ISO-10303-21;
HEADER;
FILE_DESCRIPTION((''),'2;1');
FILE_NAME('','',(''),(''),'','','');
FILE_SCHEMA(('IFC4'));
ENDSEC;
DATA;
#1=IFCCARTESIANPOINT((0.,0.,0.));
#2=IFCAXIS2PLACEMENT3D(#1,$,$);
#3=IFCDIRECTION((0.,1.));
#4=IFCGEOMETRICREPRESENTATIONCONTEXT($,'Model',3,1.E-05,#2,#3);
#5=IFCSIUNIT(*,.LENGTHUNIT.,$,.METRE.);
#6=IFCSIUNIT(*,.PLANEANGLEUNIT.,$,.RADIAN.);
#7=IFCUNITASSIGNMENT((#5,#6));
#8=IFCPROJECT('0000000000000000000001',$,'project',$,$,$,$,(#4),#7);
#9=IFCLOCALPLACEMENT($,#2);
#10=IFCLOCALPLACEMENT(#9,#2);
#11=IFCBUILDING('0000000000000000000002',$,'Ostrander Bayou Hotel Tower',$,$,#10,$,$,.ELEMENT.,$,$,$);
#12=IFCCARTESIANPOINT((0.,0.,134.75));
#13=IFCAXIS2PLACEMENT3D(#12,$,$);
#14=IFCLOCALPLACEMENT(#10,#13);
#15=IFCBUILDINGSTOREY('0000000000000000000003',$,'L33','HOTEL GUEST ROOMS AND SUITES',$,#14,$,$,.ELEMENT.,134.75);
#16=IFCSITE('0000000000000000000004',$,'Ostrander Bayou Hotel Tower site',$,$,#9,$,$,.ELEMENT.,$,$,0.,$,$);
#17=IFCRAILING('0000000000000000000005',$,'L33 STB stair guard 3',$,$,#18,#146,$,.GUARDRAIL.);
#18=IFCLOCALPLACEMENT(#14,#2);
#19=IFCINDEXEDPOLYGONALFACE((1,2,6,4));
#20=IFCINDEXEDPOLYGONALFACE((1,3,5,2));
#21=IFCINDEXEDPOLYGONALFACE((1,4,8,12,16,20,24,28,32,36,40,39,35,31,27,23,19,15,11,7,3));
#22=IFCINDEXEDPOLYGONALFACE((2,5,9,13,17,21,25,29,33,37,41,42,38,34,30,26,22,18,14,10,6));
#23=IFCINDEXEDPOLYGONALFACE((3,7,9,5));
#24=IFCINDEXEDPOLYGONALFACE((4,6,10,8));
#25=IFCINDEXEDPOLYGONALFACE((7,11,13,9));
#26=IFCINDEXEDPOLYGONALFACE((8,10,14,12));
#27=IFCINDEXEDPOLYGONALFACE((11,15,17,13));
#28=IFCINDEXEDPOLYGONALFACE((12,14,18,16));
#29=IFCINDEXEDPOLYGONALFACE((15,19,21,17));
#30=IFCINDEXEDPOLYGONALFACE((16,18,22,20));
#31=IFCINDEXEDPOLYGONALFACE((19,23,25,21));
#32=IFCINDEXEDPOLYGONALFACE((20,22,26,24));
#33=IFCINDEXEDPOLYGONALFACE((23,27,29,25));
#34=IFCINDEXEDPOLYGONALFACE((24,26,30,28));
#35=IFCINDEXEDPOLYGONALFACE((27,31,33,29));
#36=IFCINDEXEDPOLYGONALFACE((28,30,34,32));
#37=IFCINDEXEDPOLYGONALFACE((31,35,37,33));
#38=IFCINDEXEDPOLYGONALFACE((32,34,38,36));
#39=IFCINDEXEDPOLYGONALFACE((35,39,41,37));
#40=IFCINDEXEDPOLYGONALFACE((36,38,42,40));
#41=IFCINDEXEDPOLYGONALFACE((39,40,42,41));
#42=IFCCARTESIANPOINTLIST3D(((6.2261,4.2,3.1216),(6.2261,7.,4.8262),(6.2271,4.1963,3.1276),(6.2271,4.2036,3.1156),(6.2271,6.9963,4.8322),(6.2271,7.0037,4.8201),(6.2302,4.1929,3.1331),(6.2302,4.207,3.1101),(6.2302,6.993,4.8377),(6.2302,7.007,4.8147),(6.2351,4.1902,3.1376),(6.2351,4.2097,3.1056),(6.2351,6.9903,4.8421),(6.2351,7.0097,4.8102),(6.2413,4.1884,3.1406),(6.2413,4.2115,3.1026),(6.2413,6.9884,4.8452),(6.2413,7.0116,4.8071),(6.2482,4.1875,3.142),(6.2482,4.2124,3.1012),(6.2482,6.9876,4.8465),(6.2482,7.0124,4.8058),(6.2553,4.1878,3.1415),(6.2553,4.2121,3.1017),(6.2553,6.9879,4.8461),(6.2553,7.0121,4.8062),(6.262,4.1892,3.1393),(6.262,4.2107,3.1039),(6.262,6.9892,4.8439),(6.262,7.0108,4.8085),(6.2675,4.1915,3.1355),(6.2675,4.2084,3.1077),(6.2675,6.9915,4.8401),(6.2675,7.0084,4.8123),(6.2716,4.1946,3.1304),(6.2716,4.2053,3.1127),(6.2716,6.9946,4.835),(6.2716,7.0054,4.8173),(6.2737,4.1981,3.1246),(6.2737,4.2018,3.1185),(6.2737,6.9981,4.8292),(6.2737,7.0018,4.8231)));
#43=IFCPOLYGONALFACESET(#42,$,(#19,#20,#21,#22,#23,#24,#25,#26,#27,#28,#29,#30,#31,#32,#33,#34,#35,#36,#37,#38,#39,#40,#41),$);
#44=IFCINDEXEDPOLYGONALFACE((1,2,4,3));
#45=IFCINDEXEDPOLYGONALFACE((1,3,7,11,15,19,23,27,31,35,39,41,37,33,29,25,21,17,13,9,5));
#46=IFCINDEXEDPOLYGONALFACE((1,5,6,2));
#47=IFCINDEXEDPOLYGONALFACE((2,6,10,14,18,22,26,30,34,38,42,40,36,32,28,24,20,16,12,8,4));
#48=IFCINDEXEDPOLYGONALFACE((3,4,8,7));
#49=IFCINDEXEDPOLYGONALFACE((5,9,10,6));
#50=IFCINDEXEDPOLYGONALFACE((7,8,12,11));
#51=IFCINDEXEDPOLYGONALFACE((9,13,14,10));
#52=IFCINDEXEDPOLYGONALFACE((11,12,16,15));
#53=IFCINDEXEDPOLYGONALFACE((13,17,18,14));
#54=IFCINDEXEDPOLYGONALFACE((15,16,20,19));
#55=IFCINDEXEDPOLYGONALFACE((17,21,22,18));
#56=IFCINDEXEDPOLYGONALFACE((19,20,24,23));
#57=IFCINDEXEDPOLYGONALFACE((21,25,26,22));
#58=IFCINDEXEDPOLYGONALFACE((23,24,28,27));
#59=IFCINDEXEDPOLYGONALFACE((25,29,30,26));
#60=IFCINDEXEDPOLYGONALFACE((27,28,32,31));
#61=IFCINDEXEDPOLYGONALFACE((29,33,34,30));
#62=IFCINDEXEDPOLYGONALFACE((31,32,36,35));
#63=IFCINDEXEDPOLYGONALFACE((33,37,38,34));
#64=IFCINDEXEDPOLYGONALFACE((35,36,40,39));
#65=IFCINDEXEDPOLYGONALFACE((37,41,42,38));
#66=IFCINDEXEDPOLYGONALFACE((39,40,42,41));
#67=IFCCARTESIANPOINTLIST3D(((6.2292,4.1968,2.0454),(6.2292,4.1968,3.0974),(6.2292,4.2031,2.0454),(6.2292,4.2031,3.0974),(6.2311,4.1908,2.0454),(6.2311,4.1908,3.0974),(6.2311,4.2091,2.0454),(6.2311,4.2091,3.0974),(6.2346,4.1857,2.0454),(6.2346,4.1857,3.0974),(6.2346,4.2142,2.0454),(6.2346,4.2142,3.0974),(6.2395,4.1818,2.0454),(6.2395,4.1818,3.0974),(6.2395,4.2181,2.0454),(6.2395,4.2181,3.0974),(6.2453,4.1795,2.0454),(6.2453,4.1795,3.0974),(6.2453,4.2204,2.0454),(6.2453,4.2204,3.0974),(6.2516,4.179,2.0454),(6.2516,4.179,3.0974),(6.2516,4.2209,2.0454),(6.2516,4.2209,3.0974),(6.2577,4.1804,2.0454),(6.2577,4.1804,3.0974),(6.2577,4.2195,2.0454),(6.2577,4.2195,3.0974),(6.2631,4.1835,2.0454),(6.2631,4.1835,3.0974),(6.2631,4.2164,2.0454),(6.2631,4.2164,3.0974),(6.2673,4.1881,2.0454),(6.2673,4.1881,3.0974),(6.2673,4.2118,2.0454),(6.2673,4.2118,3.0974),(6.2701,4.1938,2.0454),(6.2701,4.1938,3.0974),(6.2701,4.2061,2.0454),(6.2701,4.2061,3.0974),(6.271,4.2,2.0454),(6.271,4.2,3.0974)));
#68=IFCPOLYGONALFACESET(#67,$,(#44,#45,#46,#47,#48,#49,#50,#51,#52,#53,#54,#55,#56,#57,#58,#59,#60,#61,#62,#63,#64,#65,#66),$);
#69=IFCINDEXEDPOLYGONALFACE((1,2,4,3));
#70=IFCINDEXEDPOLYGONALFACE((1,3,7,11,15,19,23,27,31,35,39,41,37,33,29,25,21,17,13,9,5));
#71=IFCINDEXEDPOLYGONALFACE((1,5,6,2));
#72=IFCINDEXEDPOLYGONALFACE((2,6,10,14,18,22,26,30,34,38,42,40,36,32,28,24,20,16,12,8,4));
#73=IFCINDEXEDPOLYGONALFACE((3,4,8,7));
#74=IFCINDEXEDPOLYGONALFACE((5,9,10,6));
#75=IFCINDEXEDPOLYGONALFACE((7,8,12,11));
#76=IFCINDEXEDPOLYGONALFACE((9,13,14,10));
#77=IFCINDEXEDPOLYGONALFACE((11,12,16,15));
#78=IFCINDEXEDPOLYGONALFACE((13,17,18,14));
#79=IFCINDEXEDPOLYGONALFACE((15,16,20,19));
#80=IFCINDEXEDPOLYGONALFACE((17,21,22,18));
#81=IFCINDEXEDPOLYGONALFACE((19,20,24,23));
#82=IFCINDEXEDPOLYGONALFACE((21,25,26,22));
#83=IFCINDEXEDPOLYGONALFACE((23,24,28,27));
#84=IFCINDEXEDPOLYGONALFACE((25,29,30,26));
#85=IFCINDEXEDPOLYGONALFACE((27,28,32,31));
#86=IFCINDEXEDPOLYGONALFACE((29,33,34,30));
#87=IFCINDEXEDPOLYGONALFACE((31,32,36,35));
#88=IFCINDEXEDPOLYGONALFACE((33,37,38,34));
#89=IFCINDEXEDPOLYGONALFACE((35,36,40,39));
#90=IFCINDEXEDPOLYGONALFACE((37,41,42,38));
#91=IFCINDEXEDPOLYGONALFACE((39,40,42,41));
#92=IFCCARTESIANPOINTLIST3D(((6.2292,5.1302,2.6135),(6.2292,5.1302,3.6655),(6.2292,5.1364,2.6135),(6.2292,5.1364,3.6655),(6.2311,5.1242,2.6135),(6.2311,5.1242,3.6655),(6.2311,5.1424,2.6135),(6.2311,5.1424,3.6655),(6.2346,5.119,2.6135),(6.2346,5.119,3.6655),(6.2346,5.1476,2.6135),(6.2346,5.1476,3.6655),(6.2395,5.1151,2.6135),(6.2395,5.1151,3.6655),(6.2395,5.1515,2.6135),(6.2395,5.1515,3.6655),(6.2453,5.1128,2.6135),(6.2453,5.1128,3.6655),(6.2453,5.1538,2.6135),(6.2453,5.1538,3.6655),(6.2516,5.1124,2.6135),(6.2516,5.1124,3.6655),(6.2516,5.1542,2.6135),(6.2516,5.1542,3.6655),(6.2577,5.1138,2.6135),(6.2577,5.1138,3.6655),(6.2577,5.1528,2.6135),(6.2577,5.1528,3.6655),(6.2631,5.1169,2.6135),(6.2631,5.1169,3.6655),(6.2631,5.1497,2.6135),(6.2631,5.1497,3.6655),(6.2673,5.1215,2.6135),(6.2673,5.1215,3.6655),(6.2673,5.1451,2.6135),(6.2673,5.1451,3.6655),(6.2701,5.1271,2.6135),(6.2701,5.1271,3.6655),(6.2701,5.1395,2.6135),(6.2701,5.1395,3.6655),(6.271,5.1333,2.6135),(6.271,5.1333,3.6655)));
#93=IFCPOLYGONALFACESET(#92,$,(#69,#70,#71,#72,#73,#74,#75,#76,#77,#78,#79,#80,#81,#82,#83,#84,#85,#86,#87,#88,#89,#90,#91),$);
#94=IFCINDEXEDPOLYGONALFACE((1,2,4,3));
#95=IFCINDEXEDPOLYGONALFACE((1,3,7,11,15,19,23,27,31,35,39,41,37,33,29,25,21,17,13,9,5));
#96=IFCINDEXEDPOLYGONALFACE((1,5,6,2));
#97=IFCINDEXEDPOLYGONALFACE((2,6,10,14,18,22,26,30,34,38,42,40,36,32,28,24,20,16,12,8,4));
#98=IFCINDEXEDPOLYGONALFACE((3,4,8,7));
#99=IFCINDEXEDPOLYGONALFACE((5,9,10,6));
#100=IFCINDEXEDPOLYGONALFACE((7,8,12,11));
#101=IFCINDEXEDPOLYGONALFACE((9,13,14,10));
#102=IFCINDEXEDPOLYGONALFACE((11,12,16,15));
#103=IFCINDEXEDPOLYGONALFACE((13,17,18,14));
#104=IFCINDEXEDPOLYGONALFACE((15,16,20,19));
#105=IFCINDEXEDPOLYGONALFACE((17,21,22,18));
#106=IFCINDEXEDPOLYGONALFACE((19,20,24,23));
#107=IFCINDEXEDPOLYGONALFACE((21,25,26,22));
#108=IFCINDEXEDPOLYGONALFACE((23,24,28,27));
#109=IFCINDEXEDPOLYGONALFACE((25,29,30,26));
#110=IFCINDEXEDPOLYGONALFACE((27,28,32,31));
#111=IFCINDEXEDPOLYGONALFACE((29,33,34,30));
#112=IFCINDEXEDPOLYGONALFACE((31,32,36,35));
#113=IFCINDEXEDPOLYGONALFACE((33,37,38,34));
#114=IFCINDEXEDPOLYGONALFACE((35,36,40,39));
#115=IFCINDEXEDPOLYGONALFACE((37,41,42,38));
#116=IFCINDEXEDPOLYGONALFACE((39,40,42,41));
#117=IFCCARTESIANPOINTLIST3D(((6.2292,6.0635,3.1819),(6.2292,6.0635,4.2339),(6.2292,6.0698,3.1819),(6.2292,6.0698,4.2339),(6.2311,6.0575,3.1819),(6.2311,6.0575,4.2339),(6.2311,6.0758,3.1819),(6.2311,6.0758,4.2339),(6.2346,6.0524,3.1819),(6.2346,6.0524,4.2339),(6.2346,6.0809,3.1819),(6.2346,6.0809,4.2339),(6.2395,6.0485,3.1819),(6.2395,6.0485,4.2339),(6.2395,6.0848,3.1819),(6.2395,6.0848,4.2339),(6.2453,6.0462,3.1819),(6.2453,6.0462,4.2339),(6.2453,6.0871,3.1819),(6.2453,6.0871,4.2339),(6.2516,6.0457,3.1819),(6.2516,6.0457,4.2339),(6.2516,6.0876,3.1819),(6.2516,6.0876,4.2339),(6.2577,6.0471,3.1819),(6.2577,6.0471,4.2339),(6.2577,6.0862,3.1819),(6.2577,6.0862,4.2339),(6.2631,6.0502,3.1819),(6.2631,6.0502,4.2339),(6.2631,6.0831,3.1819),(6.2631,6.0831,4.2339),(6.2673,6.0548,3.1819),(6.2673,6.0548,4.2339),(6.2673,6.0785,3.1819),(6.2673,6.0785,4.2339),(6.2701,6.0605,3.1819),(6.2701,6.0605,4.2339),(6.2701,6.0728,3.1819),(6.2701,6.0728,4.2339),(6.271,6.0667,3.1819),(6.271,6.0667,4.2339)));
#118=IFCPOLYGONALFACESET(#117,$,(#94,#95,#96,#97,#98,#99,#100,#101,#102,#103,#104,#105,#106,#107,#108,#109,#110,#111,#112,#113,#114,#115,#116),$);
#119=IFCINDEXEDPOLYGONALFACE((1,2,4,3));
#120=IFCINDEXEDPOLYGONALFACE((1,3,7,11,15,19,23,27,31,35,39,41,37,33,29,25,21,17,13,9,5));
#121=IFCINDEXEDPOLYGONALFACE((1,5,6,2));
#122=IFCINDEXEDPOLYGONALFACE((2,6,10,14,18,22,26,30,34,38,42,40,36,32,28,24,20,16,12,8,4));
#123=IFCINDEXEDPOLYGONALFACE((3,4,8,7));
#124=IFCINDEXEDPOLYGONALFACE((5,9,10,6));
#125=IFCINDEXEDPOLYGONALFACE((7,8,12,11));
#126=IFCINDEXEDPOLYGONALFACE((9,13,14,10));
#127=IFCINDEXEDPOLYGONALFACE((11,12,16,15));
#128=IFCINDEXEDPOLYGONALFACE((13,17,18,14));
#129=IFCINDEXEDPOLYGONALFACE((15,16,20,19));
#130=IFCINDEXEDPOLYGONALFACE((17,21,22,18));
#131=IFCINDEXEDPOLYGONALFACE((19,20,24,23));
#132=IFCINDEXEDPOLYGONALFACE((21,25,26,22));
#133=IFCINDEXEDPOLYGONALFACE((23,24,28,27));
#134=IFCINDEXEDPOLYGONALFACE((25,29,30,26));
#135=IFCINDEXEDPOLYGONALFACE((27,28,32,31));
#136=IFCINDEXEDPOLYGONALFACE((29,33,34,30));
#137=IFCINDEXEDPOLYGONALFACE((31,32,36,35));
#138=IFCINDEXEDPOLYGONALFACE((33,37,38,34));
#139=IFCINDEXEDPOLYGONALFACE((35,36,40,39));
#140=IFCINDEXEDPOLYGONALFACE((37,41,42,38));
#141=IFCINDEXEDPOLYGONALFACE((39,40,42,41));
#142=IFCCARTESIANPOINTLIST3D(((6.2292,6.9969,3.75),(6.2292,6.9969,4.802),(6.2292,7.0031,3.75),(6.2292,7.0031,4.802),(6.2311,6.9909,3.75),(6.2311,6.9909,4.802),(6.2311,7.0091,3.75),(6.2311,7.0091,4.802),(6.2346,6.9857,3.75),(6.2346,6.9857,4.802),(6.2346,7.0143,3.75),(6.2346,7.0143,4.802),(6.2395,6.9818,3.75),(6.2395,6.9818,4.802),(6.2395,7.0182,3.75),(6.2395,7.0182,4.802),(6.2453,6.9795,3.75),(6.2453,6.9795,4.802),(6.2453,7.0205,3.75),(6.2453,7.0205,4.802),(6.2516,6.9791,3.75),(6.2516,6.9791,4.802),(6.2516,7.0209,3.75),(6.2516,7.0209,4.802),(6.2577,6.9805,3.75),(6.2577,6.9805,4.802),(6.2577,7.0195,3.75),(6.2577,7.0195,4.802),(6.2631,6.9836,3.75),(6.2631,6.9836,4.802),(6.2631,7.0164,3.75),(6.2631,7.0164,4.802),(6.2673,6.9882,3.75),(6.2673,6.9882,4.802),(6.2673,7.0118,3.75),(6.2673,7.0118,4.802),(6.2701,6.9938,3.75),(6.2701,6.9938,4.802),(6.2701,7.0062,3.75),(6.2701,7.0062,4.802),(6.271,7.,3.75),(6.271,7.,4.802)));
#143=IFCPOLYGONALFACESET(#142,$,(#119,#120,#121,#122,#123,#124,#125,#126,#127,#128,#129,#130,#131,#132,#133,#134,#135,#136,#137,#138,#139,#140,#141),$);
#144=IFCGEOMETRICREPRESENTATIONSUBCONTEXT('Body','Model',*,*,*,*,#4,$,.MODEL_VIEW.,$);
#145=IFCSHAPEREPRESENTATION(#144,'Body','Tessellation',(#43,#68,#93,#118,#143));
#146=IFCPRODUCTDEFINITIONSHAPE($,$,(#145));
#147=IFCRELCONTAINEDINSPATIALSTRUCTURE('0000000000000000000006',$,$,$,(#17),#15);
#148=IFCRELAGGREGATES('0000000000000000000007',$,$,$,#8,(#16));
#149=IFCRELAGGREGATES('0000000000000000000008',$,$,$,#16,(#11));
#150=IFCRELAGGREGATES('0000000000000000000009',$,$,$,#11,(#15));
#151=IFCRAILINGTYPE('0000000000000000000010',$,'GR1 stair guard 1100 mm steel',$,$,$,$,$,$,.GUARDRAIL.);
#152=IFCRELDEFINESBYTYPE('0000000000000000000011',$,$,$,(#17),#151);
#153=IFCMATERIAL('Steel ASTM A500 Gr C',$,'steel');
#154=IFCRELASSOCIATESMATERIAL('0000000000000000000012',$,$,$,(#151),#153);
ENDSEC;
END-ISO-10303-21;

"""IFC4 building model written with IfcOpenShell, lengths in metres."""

from ifc_helpers import new_model, si_unit, direction, frame, origin, origin_2d, place, context, subcontext, project, spatial, circle, extrude, material, type_object, element, save


model = new_model("IFC4")

# Units and contexts
model_context = context("Model", 3, precision=1e-05, world=origin(), true_north=direction((0.0, 1.0)))
body_context = subcontext(model_context, "Body", "Model", "MODEL_VIEW")
ifc_project = project(units=[si_unit("LENGTHUNIT", "METRE"), si_unit("PLANEANGLEUNIT", "RADIAN")], contexts=[model_context])

# Site, building, storey
site_placement = place(None, origin())
site = spatial("IfcSite", under=ifc_project, at=site_placement, Name="Ostrander Bayou Hotel Tower site", CompositionType="ELEMENT", RefElevation=0.0)
building_placement = place(site_placement, origin())
building = spatial("IfcBuilding", under=site, at=building_placement, Name="Ostrander Bayou Hotel Tower", CompositionType="ELEMENT")
storey_placement = place(building_placement, frame((0.0, 0.0, 134.75)))
storey = spatial("IfcBuildingStorey", under=building, at=storey_placement, Name="L33", Description="HOTEL GUEST ROOMS AND SUITES", CompositionType="ELEMENT", Elevation=134.75)

# Railing
ifc_material_1 = material(Name="Steel ASTM A500 Gr C", Category="steel")
railing_type_1 = type_object("IfcRailingType", Name="GR1 stair guard 1100 mm steel", PredefinedType="GUARDRAIL", material=ifc_material_1)
railing_1_placement = place(storey_placement, frame((6.25, 4.2, 2.0454)))
element("IfcRailing", 1, at=railing_1_placement, inside=storey, type_object=railing_type_1, Name="L33 STB stair guard 3", PredefinedType="GUARDRAIL", context=body_context, shape_type="SweptSolid", body=[
    extrude(circle(Radius=0.0239, at=origin_2d()), frame((0.0, 0.0, 1.0762), z_axis=(0.0, 0.85417, 0.519994), x_axis=(-1.0, 0.0, 0.0)), (0.0, 0.0, 1.0), 3.2781),
    extrude(circle(Radius=0.021, at=origin_2d()), origin(), (0.0, 0.0, 1.0), 1.052),
    extrude(circle(Radius=0.021, at=origin_2d()), frame((0.0, 0.9333, 0.5681)), (0.0, 0.0, 1.0), 1.052),
    extrude(circle(Radius=0.021, at=origin_2d()), frame((0.0, 1.8667, 1.1365)), (0.0, 0.0, 1.0), 1.052),
    extrude(circle(Radius=0.021, at=origin_2d()), frame((0.0, 2.8, 1.7046)), (0.0, 0.0, 1.0), 1.052),
])

save(model, "model.ifc")
